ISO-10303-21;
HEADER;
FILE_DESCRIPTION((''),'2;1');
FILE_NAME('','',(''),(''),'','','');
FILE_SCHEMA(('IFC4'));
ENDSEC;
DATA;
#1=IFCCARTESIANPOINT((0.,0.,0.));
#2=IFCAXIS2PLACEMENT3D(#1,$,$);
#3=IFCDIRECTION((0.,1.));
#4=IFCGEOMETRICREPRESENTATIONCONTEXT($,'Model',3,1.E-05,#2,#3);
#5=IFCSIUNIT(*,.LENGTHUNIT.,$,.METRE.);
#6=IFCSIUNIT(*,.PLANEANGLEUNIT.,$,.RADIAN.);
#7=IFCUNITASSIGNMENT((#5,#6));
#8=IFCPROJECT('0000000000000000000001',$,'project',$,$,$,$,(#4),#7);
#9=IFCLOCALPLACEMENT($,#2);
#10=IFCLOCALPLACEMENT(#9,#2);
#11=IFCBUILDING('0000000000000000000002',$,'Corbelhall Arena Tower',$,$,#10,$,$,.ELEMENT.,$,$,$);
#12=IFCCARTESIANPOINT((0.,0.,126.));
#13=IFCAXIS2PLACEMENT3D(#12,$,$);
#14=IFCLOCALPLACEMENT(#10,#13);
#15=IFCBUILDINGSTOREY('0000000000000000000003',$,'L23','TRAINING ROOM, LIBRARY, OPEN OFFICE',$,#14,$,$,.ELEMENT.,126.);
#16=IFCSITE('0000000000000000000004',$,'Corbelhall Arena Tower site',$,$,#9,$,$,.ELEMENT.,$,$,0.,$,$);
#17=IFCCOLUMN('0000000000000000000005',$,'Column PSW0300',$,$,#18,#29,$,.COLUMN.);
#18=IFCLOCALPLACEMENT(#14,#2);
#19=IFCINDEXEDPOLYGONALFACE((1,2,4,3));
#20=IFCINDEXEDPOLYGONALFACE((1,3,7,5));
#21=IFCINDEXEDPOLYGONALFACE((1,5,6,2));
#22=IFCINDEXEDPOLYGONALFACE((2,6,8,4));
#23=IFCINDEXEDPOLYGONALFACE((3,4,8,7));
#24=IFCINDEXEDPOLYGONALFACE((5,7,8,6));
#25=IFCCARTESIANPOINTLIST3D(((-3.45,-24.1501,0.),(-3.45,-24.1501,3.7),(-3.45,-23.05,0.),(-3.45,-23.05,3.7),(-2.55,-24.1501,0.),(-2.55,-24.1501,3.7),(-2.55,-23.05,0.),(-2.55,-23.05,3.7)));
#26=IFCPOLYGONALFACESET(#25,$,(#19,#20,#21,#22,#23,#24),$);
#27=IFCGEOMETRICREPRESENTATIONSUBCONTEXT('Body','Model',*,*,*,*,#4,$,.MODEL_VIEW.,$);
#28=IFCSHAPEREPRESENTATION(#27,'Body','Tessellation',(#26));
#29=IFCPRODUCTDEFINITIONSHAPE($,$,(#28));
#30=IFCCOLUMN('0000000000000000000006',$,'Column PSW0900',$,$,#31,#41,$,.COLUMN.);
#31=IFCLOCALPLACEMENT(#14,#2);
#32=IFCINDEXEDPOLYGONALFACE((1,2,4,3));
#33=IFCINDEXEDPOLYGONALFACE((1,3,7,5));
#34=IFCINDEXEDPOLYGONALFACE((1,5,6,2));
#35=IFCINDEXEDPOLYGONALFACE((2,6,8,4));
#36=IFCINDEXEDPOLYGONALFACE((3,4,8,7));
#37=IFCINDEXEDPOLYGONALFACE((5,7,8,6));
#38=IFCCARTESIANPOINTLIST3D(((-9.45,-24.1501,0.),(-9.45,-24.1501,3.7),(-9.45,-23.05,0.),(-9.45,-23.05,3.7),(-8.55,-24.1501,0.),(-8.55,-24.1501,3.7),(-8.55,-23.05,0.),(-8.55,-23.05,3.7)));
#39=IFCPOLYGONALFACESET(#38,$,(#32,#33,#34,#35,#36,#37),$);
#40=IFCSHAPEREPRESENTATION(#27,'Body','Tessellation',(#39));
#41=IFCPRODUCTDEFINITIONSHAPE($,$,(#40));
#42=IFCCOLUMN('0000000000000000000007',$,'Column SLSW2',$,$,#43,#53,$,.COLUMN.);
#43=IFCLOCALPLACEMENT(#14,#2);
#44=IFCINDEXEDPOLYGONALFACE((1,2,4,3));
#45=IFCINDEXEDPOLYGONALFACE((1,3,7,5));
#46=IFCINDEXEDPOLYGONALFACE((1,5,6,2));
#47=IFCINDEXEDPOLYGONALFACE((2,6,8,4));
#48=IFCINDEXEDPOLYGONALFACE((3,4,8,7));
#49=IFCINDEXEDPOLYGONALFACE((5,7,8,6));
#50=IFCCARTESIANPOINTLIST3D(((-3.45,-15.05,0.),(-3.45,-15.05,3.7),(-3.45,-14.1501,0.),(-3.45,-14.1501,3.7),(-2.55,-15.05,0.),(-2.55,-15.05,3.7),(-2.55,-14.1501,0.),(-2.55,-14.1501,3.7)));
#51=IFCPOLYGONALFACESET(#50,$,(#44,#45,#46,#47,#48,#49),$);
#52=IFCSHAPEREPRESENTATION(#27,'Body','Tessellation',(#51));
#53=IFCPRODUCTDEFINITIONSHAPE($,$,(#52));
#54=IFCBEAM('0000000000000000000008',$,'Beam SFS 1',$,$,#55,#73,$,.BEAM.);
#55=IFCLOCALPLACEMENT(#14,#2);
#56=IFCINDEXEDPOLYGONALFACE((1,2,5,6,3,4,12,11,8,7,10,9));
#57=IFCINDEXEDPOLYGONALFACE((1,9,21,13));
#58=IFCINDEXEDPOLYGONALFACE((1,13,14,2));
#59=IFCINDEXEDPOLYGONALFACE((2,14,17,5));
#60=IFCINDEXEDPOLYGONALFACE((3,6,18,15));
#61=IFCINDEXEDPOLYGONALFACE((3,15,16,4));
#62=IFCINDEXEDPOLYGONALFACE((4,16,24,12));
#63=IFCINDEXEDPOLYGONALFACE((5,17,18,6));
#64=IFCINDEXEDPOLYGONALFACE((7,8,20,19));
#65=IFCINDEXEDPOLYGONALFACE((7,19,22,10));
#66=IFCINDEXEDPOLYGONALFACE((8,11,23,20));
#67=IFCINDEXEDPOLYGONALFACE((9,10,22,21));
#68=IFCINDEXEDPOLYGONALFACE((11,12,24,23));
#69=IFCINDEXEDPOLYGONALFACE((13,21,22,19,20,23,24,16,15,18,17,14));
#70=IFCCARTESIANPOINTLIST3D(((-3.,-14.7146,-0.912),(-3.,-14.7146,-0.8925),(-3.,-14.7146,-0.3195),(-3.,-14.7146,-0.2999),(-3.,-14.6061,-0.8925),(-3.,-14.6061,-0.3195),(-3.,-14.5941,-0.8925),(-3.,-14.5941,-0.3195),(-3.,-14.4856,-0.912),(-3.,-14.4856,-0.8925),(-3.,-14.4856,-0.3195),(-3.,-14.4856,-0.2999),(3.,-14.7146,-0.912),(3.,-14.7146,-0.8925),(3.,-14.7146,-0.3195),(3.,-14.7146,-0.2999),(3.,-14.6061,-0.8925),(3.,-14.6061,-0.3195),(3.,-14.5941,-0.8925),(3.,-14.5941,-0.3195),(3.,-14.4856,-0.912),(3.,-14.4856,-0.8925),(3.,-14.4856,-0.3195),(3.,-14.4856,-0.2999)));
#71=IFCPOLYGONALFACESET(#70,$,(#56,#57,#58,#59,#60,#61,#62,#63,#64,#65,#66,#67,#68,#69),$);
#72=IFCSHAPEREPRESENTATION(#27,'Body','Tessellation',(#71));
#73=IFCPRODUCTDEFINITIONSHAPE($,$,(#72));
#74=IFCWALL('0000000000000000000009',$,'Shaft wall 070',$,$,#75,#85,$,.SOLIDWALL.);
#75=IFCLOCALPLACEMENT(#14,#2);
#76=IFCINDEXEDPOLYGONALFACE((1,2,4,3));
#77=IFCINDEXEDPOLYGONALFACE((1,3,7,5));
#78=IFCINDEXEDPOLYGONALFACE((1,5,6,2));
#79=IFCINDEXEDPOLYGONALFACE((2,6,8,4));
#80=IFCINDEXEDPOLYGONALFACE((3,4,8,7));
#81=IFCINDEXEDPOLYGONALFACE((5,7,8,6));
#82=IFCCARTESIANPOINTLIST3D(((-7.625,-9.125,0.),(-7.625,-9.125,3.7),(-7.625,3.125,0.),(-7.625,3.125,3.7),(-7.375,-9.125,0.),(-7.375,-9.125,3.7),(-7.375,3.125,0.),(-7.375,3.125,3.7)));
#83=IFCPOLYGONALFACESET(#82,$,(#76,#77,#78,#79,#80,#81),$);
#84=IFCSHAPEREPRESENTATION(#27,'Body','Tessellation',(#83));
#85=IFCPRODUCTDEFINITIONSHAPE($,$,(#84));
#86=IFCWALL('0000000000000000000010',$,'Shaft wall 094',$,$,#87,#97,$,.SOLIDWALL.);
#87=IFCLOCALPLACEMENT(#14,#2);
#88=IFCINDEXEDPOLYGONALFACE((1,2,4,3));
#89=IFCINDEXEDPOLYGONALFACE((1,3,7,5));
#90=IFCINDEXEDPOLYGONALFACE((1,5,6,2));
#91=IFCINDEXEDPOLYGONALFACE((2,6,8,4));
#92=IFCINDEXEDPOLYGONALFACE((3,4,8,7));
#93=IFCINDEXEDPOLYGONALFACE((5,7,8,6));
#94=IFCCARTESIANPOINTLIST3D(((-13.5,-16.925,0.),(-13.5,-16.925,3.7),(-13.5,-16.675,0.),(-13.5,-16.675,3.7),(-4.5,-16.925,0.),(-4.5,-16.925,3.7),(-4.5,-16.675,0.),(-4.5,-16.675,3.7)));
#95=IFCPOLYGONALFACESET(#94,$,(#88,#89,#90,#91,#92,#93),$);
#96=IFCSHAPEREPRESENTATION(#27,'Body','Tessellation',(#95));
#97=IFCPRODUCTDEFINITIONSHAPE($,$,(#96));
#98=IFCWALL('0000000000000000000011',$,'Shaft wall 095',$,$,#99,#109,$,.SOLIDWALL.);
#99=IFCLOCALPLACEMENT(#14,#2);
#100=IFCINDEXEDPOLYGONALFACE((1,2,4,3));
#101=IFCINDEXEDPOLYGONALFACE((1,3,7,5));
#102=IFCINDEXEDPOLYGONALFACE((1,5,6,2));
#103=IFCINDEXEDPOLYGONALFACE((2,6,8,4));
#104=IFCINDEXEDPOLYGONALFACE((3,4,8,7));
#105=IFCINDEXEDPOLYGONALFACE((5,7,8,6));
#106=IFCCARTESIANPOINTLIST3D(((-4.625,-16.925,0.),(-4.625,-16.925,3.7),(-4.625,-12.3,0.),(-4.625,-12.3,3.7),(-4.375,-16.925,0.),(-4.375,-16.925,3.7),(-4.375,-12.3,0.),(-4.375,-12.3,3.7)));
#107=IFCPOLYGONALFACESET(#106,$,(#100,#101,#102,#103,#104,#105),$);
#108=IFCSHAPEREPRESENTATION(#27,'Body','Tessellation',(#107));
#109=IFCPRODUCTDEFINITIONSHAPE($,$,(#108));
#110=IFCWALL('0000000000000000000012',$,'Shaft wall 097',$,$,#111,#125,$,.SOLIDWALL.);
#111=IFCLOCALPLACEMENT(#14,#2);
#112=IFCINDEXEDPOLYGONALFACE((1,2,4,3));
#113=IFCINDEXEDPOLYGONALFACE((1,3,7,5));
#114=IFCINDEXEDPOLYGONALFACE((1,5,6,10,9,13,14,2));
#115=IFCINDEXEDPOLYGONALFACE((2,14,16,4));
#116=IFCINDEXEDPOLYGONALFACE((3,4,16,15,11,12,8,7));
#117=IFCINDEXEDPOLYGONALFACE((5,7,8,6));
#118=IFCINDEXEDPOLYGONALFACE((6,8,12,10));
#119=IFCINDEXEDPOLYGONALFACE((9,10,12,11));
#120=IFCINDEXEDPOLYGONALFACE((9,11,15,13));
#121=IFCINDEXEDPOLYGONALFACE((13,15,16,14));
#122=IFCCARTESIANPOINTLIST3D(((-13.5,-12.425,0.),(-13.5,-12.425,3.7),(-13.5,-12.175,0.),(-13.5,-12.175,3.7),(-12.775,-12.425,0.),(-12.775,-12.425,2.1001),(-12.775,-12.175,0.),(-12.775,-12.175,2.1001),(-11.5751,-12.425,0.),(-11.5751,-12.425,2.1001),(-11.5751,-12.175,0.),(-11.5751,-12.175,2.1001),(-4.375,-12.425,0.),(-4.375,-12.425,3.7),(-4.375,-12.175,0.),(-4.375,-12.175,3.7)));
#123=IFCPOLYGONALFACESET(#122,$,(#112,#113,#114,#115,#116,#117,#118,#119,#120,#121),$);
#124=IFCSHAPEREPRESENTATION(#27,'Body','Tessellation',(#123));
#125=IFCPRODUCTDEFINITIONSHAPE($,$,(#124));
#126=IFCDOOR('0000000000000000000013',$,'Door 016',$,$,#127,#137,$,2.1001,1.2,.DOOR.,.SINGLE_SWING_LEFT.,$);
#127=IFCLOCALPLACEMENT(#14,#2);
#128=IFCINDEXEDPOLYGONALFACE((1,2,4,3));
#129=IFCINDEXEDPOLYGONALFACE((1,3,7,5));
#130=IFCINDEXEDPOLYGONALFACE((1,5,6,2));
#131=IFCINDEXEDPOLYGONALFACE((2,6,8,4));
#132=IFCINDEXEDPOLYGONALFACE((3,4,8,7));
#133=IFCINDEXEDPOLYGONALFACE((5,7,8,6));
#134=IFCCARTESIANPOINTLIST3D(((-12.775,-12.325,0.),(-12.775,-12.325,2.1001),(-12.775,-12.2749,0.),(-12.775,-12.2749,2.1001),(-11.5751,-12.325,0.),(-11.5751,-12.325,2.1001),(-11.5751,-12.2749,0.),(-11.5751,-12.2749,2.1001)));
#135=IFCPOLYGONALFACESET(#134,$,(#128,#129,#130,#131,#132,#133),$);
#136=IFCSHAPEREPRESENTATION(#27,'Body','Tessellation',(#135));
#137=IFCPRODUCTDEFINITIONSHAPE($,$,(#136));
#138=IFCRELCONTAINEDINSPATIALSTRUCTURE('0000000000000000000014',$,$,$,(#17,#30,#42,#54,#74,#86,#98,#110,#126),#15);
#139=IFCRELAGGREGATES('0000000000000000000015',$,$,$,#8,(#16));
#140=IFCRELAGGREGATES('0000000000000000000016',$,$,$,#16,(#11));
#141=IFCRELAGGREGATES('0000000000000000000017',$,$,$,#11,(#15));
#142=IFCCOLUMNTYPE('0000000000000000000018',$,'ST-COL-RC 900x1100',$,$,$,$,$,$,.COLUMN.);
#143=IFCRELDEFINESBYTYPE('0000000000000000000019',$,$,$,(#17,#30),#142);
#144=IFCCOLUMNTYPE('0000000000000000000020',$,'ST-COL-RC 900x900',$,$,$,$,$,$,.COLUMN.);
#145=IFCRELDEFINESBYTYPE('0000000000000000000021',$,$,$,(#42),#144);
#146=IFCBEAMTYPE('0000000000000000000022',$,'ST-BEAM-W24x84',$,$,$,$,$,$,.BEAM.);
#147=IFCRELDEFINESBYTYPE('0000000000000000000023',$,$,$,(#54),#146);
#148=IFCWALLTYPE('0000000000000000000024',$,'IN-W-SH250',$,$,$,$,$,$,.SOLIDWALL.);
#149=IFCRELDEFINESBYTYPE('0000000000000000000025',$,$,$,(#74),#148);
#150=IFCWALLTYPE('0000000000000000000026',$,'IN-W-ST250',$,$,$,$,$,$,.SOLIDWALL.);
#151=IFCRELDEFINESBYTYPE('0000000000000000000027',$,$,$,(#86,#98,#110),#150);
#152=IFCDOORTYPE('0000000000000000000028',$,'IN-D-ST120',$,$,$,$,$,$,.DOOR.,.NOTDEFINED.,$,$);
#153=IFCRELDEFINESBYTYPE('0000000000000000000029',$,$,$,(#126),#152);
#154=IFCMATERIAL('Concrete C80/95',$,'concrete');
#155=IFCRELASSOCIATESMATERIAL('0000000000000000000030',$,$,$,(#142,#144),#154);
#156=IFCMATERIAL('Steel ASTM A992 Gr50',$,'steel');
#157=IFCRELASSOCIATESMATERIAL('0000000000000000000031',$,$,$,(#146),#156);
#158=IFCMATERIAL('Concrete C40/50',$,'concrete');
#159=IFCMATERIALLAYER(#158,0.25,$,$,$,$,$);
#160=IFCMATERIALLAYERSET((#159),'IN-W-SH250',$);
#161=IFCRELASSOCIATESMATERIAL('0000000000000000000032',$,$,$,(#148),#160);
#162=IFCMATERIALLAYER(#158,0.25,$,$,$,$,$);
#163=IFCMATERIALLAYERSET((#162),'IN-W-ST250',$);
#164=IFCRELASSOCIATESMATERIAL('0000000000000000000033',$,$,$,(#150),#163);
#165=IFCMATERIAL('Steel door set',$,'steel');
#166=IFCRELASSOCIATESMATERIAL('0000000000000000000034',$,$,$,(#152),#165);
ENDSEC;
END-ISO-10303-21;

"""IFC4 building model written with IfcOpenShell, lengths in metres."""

from ifc_helpers import new_model, si_unit, direction, frame, frame_2d, origin, origin_2d, place, context, subcontext, project, spatial, rectangle, i_section, extrude, material, layer, layer_set, material_profile, profile_set, type_object, element, fill, save


model = new_model("IFC4")

# Units and contexts
model_context = context("Model", 3, precision=1e-05, world=origin(), true_north=direction((0.0, 1.0)))
body_context = subcontext(model_context, "Body", "Model", "MODEL_VIEW")
ifc_project = project(units=[si_unit("LENGTHUNIT", "METRE"), si_unit("PLANEANGLEUNIT", "RADIAN")], contexts=[model_context])

# Site, building, storey
site_placement = place(None, origin())
site = spatial("IfcSite", under=ifc_project, at=site_placement, Name="Corbelhall Arena Tower site", CompositionType="ELEMENT", RefElevation=0.0)
building_placement = place(site_placement, origin())
building = spatial("IfcBuilding", under=site, at=building_placement, Name="Corbelhall Arena Tower", CompositionType="ELEMENT")
storey_placement = place(building_placement, frame((0.0, 0.0, 126.0)))
storey = spatial("IfcBuildingStorey", under=building, at=storey_placement, Name="L23", Description="TRAINING ROOM, LIBRARY, OPEN OFFICE", CompositionType="ELEMENT", Elevation=126.0)

# Columns
ifc_material_1 = material(Name="Concrete C80/95", Category="concrete")
ifc_material_profile_1 = material_profile(ifc_material_1, rectangle(XDim=0.8999, YDim=1.1001, at=origin_2d()))
ifc_profile_set_1 = profile_set([ifc_material_profile_1], Name="Concrete C80/95")
column_type_1 = type_object("IfcColumnType", Name="ST-COL-RC 900x1100", PredefinedType="COLUMN", material=ifc_profile_set_1)
for number, where, z_axis, x_axis, name in (
    (1, (-3.0, -23.6001, 0.0), (0.0, 0.0, 1.0), (1.0, 0.0, 0.0), "Column PSW0300"),
    (2, (-9.0, -23.6001, 0.0), (0.0, 0.0, 1.0), (1.0, 0.0, 0.0), "Column PSW0900"),
):
    element("IfcColumn", number, at=place(storey_placement, frame(where, z_axis=z_axis, x_axis=x_axis)), inside=storey, type_object=column_type_1, Name=name, PredefinedType="COLUMN", context=body_context, shape_type="SweptSolid", body=[
        extrude(rectangle(XDim=0.8999, YDim=1.1001, at=origin_2d()), origin(), (0.0, 0.0, 1.0), 3.7),
    ])
ifc_material_profile_2 = material_profile(ifc_material_1, rectangle(XDim=0.8999, YDim=0.8999, at=origin_2d()))
ifc_profile_set_2 = profile_set([ifc_material_profile_2], Name="Concrete C80/95")
column_type_2 = type_object("IfcColumnType", Name="ST-COL-RC 900x900", PredefinedType="COLUMN", material=ifc_profile_set_2)
column_placement = place(storey_placement, frame((-3.0, -14.6001, 0.0), z_axis=(0.0, 0.0, 1.0), x_axis=(1.0, 0.0, 0.0)))
element("IfcColumn", 3, at=column_placement, inside=storey, type_object=column_type_2, Name="Column SLSW2", PredefinedType="COLUMN", context=body_context, shape_type="SweptSolid", body=[
    extrude(rectangle(XDim=0.8999, YDim=0.8999, at=origin_2d()), origin(), (0.0, 0.0, 1.0), 3.7),
])

# Beam
ifc_material_2 = material(Name="Steel ASTM A992 Gr50", Category="steel")
ifc_material_profile_3 = material_profile(ifc_material_2, i_section(OverallWidth=0.229, OverallDepth=0.6121, WebThickness=0.012, FlangeThickness=0.0195, at=origin_2d()))
ifc_profile_set_3 = profile_set([ifc_material_profile_3], Name="Steel ASTM A992 Gr50")
beam_type = type_object("IfcBeamType", Name="ST-BEAM-W24x84", PredefinedType="BEAM", material=ifc_profile_set_3)
beam_placement = place(storey_placement, frame((-3.0, -14.6001, -0.606), z_axis=(1.0, 0.0, 0.0), x_axis=(0.0, 1.0, 0.0)))
element("IfcBeam", 4, at=beam_placement, inside=storey, type_object=beam_type, Name="Beam SFS 1", PredefinedType="BEAM", context=body_context, shape_type="SweptSolid", body=[
    extrude(i_section(OverallWidth=0.229, OverallDepth=0.6121, WebThickness=0.012, FlangeThickness=0.0195, at=origin_2d()), origin(), (0.0, 0.0, 1.0), 6.0),
])

# Walls
ifc_material_3 = material(Name="Concrete C40/50", Category="concrete")
ifc_layer_1 = layer(ifc_material_3, 0.25)
ifc_layer_set_1 = layer_set([ifc_layer_1], Name="IN-W-SH250")
wall_type_1 = type_object("IfcWallType", Name="IN-W-SH250", PredefinedType="SOLIDWALL", material=ifc_layer_set_1)
wall_1_placement = place(storey_placement, frame((-7.5, -9.125, 0.0), z_axis=(0.0, 0.0, 1.0), x_axis=(0.0, 1.0, 0.0)))
element("IfcWall", 5, at=wall_1_placement, inside=storey, type_object=wall_type_1, Name="Shaft wall 070", PredefinedType="SOLIDWALL", context=body_context, shape_type="SweptSolid", body=[
    extrude(rectangle(XDim=12.25, YDim=0.25, at=frame_2d((6.125, 0.0))), origin(), (0.0, 0.0, 1.0), 3.7),
])
ifc_layer_2 = layer(ifc_material_3, 0.25)
ifc_layer_set_2 = layer_set([ifc_layer_2], Name="IN-W-ST250")
wall_type_2 = type_object("IfcWallType", Name="IN-W-ST250", PredefinedType="SOLIDWALL", material=ifc_layer_set_2)
wall_2_placement = place(storey_placement, frame((-4.5, -16.8, 0.0), z_axis=(0.0, 0.0, 1.0), x_axis=(-1.0, 0.0, 0.0)))
element("IfcWall", 6, at=wall_2_placement, inside=storey, type_object=wall_type_2, Name="Shaft wall 094", PredefinedType="SOLIDWALL", context=body_context, shape_type="SweptSolid", body=[
    extrude(rectangle(XDim=9.0, YDim=0.25, at=frame_2d((4.5, 0.0))), origin(), (0.0, 0.0, 1.0), 3.7),
])
wall_3_placement = place(storey_placement, frame((-4.5, -12.3, 0.0), z_axis=(0.0, 0.0, 1.0), x_axis=(0.0, -1.0, 0.0)))
element("IfcWall", 7, at=wall_3_placement, inside=storey, type_object=wall_type_2, Name="Shaft wall 095", PredefinedType="SOLIDWALL", context=body_context, shape_type="SweptSolid", body=[
    extrude(rectangle(XDim=4.625, YDim=0.25, at=frame_2d((2.3125, 0.0))), origin(), (0.0, 0.0, 1.0), 3.7),
])

# Wall, opening, door
wall_4_placement = place(storey_placement, frame((-4.375, -12.3, 0.0), z_axis=(0.0, 0.0, 1.0), x_axis=(-1.0, 0.0, 0.0)))
wall_4 = element("IfcWall", 8, at=wall_4_placement, inside=storey, type_object=wall_type_2, Name="Shaft wall 097", PredefinedType="SOLIDWALL", context=body_context, shape_type="SweptSolid", body=[
    extrude(rectangle(XDim=9.125, YDim=0.25, at=frame_2d((4.5625, 0.0))), origin(), (0.0, 0.0, 1.0), 3.7),
])
opening_1_placement = place(wall_4_placement, frame((7.2, 0.0, 0.0)))
opening_1 = element("IfcOpeningElement", 9, at=opening_1_placement, cuts=wall_4, PredefinedType="OPENING", context=body_context, shape_type="SweptSolid", body=[
    extrude(rectangle(XDim=1.2, YDim=2.1001, at=frame_2d((0.6001, 1.05))), frame((0.0, 0.125, 0.0), z_axis=(0.0, -1.0, 0.0), x_axis=(1.0, 0.0, 0.0)), (0.0, 0.0, 1.0), 0.25),
])
ifc_material_4 = material(Name="Steel door set", Category="steel")
door_type = type_object("IfcDoorType", Name="IN-D-ST120", OperationType="NOTDEFINED", PredefinedType="DOOR", material=ifc_material_4)
door_placement = place(opening_1_placement, origin())
door = element("IfcDoor", 10, at=door_placement, inside=storey, type_object=door_type, Name="Door 016", OperationType="SINGLE_SWING_LEFT", OverallHeight=2.1001, OverallWidth=1.2, PredefinedType="DOOR", context=body_context, shape_type="SweptSolid", body=[
    extrude(rectangle(XDim=1.2, YDim=2.1001, at=frame_2d((0.6001, 1.05))), frame((0.0, 0.0249, 0.0), z_axis=(0.0, -1.0, 0.0), x_axis=(1.0, 0.0, 0.0)), (0.0, 0.0, 1.0), 0.05),
])
fill(opening_1, door)

save(model, "model.ifc")
